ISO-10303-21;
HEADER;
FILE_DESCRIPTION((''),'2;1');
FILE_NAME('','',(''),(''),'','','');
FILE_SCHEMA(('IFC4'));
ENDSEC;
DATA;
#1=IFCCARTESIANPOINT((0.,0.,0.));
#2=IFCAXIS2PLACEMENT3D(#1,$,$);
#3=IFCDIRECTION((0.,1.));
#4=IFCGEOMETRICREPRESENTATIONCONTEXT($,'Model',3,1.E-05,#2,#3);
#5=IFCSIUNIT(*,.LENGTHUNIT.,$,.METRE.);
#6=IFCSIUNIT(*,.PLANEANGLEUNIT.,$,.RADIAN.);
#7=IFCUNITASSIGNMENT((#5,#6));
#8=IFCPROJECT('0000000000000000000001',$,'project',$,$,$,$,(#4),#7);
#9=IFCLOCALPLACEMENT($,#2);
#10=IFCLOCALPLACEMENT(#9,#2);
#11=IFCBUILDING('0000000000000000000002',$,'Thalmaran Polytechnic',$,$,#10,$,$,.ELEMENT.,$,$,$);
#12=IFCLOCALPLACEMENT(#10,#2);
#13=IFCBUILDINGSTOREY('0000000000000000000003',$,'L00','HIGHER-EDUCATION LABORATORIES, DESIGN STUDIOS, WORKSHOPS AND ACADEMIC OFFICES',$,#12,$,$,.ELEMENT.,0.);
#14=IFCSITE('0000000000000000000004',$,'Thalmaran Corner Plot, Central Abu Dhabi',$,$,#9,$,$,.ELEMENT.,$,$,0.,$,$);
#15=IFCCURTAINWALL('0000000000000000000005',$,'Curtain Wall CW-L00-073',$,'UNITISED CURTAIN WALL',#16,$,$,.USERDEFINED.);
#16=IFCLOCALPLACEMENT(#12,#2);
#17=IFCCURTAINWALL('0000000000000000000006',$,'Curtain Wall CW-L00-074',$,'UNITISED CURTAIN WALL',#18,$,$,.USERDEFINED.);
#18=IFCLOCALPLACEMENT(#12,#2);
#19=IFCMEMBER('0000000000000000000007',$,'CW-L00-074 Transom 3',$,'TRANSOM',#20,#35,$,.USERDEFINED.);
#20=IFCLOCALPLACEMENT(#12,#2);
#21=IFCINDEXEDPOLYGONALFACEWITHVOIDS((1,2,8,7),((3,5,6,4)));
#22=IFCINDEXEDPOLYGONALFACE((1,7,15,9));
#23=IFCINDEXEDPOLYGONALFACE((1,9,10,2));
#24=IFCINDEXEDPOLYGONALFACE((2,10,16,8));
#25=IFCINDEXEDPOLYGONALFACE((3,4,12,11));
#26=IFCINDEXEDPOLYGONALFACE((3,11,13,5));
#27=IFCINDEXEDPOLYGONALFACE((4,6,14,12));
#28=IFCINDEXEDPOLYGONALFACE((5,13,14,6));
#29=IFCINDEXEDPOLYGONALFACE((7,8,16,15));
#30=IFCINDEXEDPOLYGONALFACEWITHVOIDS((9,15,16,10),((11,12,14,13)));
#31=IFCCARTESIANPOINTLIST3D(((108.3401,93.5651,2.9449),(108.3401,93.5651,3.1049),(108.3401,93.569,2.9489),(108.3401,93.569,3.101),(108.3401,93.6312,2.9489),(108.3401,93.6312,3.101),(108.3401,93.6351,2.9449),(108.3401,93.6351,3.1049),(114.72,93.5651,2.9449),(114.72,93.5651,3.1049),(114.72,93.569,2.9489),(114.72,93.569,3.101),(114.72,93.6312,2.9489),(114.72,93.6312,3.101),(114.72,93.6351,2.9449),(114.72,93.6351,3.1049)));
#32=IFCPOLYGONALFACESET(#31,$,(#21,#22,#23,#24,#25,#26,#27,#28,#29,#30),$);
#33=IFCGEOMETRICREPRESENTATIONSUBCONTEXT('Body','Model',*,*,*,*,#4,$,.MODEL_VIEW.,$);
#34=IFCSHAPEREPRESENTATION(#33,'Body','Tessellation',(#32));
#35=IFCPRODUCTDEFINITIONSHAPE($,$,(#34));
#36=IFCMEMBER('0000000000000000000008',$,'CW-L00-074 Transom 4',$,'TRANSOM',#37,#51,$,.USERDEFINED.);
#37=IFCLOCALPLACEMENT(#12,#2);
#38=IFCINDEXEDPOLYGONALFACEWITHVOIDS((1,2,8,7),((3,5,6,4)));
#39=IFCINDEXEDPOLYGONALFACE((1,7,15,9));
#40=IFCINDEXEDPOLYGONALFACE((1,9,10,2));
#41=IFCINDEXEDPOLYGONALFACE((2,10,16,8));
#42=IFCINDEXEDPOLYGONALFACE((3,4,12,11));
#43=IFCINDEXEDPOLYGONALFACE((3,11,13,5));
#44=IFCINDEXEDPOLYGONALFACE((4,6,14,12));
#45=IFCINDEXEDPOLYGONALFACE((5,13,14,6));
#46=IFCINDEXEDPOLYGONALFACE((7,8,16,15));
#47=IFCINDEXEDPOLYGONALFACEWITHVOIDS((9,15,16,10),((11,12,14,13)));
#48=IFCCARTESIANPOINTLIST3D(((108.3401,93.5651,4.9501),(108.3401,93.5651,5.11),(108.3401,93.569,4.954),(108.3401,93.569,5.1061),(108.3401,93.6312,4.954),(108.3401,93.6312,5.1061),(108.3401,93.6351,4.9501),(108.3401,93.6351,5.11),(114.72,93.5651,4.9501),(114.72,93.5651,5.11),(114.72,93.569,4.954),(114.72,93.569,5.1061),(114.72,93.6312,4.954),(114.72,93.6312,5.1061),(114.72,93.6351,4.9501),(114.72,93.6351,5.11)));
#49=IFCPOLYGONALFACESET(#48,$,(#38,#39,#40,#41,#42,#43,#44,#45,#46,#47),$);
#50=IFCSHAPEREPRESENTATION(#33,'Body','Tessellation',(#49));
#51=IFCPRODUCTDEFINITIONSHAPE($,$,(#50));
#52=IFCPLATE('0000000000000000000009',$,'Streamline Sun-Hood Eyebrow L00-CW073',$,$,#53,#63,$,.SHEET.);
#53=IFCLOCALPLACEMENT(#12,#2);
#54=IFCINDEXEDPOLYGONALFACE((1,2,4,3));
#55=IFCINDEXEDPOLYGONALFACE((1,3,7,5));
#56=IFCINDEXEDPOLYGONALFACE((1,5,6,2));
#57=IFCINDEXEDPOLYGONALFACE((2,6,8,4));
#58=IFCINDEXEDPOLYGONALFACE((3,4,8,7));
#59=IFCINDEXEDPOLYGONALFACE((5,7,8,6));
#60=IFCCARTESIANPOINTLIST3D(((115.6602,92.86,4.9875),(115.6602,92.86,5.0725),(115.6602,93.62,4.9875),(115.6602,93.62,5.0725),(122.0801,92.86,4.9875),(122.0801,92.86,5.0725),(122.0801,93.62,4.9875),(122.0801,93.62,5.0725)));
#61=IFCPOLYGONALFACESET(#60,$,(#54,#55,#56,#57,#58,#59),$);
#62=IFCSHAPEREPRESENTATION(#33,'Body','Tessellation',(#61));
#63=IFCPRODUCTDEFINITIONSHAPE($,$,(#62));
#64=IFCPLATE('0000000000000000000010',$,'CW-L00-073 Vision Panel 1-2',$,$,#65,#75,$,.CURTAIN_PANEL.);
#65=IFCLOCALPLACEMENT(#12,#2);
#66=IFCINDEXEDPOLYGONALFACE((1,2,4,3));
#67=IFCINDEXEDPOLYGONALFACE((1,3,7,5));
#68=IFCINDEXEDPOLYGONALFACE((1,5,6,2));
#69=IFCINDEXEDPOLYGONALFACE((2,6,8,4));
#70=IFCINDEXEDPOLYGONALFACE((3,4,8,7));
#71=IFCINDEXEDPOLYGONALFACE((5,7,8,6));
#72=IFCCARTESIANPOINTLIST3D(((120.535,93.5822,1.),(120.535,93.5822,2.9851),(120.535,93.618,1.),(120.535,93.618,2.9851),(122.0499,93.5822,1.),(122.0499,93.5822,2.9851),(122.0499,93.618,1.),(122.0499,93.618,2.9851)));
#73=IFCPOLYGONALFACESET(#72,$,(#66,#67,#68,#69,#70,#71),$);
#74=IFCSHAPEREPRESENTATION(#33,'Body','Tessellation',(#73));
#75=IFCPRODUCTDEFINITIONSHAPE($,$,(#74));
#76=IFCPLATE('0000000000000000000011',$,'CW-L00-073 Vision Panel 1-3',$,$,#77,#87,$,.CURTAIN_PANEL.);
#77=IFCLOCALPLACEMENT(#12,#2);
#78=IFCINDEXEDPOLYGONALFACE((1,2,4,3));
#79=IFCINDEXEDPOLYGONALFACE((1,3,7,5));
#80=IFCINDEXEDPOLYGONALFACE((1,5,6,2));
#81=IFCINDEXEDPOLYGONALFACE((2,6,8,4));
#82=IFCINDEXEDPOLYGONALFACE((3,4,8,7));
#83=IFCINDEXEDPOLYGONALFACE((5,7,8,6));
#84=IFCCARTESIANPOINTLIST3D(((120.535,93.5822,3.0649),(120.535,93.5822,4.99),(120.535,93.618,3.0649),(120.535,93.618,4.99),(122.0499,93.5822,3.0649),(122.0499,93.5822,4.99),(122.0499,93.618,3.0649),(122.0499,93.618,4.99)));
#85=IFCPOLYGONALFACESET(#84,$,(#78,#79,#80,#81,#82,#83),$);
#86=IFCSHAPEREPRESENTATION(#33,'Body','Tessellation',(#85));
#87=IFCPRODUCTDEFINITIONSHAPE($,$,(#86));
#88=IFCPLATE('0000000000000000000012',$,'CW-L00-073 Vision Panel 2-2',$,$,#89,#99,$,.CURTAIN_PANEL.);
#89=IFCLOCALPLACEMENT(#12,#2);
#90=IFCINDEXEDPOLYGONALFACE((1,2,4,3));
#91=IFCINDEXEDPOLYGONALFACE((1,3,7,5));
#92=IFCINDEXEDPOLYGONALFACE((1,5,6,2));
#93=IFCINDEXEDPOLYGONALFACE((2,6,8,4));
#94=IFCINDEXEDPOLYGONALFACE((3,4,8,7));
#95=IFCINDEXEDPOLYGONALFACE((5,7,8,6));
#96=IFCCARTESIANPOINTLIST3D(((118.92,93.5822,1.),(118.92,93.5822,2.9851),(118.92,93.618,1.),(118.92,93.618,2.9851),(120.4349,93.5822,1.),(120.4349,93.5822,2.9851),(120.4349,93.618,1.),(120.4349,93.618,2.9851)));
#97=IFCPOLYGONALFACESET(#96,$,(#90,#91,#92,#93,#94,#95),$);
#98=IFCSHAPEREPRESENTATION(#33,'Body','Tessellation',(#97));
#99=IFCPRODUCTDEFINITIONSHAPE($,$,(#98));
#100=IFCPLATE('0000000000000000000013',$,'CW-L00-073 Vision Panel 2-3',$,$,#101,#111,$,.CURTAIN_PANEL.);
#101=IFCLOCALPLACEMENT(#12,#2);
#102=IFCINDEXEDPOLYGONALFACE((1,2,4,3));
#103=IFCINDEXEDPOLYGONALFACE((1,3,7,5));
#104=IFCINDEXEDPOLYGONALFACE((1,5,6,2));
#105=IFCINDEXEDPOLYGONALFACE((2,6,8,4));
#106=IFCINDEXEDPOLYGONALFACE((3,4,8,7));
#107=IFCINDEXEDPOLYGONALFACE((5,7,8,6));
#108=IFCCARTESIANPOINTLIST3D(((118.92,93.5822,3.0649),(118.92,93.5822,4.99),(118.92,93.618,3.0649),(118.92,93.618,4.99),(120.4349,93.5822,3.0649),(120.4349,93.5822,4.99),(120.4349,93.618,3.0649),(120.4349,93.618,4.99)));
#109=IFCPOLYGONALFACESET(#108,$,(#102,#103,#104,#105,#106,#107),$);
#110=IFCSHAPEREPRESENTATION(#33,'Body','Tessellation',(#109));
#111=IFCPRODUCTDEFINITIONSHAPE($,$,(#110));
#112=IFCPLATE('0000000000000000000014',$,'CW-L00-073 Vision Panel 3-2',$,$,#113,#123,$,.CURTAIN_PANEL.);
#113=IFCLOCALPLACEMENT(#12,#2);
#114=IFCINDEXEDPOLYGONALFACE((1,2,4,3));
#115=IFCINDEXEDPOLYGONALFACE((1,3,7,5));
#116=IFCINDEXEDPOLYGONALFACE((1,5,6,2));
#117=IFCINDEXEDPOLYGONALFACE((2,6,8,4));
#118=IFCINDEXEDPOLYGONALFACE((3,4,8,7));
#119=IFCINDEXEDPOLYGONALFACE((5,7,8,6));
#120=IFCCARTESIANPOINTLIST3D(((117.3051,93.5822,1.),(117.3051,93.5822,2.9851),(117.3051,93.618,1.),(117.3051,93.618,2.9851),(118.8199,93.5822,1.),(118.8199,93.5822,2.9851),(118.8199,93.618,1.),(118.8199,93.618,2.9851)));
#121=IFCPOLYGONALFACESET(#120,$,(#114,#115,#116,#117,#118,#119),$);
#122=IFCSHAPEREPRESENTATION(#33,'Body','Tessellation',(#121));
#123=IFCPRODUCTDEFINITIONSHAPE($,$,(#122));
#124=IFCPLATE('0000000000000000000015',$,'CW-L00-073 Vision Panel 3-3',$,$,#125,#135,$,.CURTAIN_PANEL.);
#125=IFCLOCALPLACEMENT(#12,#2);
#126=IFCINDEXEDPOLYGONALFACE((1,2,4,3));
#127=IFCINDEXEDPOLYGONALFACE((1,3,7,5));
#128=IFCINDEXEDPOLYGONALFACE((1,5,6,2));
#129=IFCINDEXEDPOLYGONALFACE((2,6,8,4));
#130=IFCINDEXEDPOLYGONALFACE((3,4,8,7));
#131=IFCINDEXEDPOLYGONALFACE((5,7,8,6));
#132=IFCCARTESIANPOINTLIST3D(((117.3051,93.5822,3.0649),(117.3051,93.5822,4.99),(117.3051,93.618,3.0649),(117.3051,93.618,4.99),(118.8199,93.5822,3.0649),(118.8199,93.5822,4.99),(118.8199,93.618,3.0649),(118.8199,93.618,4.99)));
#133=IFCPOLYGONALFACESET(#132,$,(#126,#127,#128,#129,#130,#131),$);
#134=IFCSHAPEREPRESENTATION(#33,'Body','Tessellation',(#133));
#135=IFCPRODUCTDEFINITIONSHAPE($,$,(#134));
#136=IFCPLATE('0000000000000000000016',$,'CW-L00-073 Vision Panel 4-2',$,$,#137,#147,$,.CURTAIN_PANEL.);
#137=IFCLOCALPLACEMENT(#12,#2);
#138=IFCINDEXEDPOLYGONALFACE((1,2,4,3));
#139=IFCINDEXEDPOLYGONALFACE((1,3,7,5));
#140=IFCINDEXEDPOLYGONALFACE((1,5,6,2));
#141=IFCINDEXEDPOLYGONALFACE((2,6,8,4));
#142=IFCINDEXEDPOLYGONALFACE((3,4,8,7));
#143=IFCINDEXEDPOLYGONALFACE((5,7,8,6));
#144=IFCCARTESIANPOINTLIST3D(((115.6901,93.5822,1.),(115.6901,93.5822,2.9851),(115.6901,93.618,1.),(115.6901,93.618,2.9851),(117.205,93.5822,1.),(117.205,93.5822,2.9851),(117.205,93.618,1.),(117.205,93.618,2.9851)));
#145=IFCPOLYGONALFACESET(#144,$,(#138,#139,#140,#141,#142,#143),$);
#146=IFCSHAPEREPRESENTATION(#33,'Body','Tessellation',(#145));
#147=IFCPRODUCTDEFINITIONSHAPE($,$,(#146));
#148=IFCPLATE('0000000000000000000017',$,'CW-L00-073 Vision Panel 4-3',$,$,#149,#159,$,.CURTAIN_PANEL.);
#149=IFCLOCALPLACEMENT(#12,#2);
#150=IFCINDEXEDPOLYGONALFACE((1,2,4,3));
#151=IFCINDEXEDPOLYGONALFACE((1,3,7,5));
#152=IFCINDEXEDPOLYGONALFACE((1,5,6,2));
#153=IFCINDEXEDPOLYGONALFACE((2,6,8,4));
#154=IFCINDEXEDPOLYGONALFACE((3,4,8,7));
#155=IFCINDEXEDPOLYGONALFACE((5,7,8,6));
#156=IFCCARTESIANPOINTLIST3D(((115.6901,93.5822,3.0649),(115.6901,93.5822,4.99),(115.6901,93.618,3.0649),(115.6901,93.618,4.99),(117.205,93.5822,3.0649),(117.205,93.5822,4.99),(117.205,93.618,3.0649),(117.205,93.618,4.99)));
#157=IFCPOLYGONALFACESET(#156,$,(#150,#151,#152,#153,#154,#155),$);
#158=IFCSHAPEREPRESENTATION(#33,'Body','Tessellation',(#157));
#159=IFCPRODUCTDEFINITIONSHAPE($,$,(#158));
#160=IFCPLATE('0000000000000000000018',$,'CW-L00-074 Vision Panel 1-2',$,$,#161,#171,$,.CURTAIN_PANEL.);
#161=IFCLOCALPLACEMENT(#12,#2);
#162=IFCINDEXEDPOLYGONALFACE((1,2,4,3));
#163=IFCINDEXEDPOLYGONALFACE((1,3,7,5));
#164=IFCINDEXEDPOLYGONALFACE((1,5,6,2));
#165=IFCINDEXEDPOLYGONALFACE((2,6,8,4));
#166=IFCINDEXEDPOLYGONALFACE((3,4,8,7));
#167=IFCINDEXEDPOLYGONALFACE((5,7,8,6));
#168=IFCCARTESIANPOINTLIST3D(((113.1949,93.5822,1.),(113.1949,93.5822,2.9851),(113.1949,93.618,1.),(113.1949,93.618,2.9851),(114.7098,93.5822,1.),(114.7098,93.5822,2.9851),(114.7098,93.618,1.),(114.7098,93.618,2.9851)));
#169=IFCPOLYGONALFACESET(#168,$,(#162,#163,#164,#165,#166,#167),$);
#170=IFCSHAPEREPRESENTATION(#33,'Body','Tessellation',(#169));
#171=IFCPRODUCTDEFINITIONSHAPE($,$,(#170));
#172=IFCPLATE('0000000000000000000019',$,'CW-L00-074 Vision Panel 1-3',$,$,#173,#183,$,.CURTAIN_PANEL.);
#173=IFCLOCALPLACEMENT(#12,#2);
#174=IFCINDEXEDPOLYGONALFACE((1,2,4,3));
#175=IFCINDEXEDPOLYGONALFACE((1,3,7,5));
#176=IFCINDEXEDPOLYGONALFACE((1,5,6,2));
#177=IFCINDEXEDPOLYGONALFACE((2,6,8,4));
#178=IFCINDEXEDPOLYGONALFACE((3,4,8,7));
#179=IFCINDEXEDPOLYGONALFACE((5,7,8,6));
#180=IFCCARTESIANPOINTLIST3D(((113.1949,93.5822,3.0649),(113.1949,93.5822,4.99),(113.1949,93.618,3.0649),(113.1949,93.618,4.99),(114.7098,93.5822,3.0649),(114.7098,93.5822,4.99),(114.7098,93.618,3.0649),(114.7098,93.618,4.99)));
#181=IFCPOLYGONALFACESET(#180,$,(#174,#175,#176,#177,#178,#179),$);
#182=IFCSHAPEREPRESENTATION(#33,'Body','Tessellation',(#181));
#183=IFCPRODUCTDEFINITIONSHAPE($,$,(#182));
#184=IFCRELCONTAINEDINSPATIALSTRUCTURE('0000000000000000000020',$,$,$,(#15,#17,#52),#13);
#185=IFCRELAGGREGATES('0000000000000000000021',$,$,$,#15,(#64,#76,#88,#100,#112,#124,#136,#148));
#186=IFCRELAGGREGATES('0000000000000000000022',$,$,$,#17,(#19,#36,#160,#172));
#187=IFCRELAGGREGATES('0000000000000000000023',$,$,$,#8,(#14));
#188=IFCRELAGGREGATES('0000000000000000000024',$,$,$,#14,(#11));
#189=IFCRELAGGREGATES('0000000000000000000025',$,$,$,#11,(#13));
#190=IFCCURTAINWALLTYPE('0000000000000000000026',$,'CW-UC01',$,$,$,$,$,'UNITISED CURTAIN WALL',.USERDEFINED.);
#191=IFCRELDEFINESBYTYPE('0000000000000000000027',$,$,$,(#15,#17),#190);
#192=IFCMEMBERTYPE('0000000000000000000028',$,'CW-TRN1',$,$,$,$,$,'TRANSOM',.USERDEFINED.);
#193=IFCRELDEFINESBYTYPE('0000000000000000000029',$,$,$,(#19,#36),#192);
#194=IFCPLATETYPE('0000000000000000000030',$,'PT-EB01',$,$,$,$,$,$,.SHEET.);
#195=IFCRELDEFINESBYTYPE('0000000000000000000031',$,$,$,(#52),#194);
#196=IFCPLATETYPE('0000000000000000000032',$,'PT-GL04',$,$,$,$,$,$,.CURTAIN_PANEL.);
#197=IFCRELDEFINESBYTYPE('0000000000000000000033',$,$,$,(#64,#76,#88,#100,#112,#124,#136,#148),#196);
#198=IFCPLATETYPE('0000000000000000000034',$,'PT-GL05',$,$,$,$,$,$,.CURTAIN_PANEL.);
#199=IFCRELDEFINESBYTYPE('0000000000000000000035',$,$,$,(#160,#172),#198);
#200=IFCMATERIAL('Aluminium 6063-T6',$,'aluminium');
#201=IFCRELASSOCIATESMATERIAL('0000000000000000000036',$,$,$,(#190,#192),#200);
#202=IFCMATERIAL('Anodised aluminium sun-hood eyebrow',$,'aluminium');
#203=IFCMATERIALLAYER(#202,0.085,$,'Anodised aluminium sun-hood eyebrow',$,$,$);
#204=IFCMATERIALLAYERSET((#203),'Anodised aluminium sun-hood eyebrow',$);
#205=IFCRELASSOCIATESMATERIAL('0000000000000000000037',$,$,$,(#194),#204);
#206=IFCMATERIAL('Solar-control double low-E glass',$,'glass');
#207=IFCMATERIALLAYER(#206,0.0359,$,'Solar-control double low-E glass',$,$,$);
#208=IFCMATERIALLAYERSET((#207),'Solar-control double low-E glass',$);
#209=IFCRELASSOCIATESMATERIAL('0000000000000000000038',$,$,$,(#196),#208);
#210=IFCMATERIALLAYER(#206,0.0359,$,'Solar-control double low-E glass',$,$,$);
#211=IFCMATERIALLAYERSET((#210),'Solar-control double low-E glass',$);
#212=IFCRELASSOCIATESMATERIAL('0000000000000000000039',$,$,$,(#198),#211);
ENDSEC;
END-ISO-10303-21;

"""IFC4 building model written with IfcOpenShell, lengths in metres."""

from ifc_helpers import new_model, si_unit, direction, frame, origin, origin_2d, place, context, subcontext, project, spatial, rectangle, hollow_rectangle, extrude, material, layer, layer_set, material_profile, profile_set, type_object, element, aggregate, save


model = new_model("IFC4")

# Units and contexts
model_context = context("Model", 3, precision=1e-05, world=origin(), true_north=direction((0.0, 1.0)))
body_context = subcontext(model_context, "Body", "Model", "MODEL_VIEW")
ifc_project = project(units=[si_unit("LENGTHUNIT", "METRE"), si_unit("PLANEANGLEUNIT", "RADIAN")], contexts=[model_context])

# Site, building, storey
site_placement = place(None, origin())
site = spatial("IfcSite", under=ifc_project, at=site_placement, Name="Thalmaran Corner Plot, Central Abu Dhabi", CompositionType="ELEMENT", RefElevation=0.0)
building_placement = place(site_placement, origin())
building = spatial("IfcBuilding", under=site, at=building_placement, Name="Thalmaran Polytechnic", CompositionType="ELEMENT")
storey_placement = place(building_placement, origin())
storey = spatial("IfcBuildingStorey", under=building, at=storey_placement, Name="L00", Description="HIGHER-EDUCATION LABORATORIES, DESIGN STUDIOS, WORKSHOPS AND ACADEMIC OFFICES", CompositionType="ELEMENT", Elevation=0.0)

# Curtain walls, members
ifc_material_1 = material(Name="Aluminium 6063-T6", Category="aluminium")
curtain_wall_type = type_object("IfcCurtainWallType", Name="CW-UC01", ElementType="UNITISED CURTAIN WALL", PredefinedType="USERDEFINED", material=ifc_material_1)
curtain_wall_1_placement = place(storey_placement, origin())
curtain_wall_1 = element("IfcCurtainWall", 1, at=curtain_wall_1_placement, inside=storey, type_object=curtain_wall_type, Name="Curtain Wall CW-L00-073", ObjectType="UNITISED CURTAIN WALL", PredefinedType="USERDEFINED")
curtain_wall_2_placement = place(storey_placement, origin())
curtain_wall_2 = element("IfcCurtainWall", 2, at=curtain_wall_2_placement, inside=storey, type_object=curtain_wall_type, Name="Curtain Wall CW-L00-074", ObjectType="UNITISED CURTAIN WALL", PredefinedType="USERDEFINED")
ifc_material_profile_1 = material_profile(ifc_material_1, hollow_rectangle(XDim=0.0701, YDim=0.1599, WallThickness=0.0039, at=origin_2d()), Name="AL 160x70x4.0")
ifc_profile_set_1 = profile_set([ifc_material_profile_1], Name="Aluminium 6063-T6")
member_type_1 = type_object("IfcMemberType", Name="CW-TRN1", ElementType="TRANSOM", PredefinedType="USERDEFINED", material=ifc_profile_set_1)
member_1_placement = place(storey_placement, frame((114.72, 93.6001, 3.0249), z_axis=(-1.0, 0.0, 0.0), x_axis=(0.0, -1.0, 0.0)))
member_1 = element("IfcMember", 3, at=member_1_placement, type_object=member_type_1, Name="CW-L00-074 Transom 3", ObjectType="TRANSOM", PredefinedType="USERDEFINED", context=body_context, shape_type="SweptSolid", body=[
    extrude(hollow_rectangle(XDim=0.0701, YDim=0.1599, WallThickness=0.0039, at=origin_2d()), origin(), (0.0, 0.0, 1.0), 6.3799),
])
member_2_placement = place(storey_placement, frame((114.72, 93.6001, 5.03), z_axis=(-1.0, 0.0, 0.0), x_axis=(0.0, -1.0, 0.0)))
member_2 = element("IfcMember", 4, at=member_2_placement, type_object=member_type_1, Name="CW-L00-074 Transom 4", ObjectType="TRANSOM", PredefinedType="USERDEFINED", context=body_context, shape_type="SweptSolid", body=[
    extrude(hollow_rectangle(XDim=0.0701, YDim=0.1599, WallThickness=0.0039, at=origin_2d()), origin(), (0.0, 0.0, 1.0), 6.3799),
])

# Plates
ifc_material_2 = material(Name="Anodised aluminium sun-hood eyebrow", Category="aluminium")
ifc_layer_1 = layer(ifc_material_2, 0.085, Name="Anodised aluminium sun-hood eyebrow")
ifc_layer_set_1 = layer_set([ifc_layer_1], Name="Anodised aluminium sun-hood eyebrow")
plate_type_1 = type_object("IfcPlateType", Name="PT-EB01", PredefinedType="SHEET", material=ifc_layer_set_1)
plate_1_placement = place(storey_placement, frame((118.8701, 93.24, 4.9875), z_axis=(0.0, 0.0, 1.0), x_axis=(-1.0, 0.0, 0.0)))
element("IfcPlate", 5, at=plate_1_placement, inside=storey, type_object=plate_type_1, Name="Streamline Sun-Hood Eyebrow L00-CW073", PredefinedType="SHEET", context=body_context, shape_type="SweptSolid", body=[
    extrude(rectangle(XDim=6.4199, YDim=0.76, at=origin_2d()), origin(), (0.0, 0.0, 1.0), 0.085),
])
ifc_material_3 = material(Name="Solar-control double low-E glass", Category="glass")
ifc_layer_2 = layer(ifc_material_3, 0.0359, Name="Solar-control double low-E glass")
ifc_layer_set_2 = layer_set([ifc_layer_2], Name="Solar-control double low-E glass")
plate_type_2 = type_object("IfcPlateType", Name="PT-GL04", PredefinedType="CURTAIN_PANEL", material=ifc_layer_set_2)
plate_2_placement = place(storey_placement, frame((121.2925, 93.6001, 1.0), z_axis=(0.0, 0.0, 1.0), x_axis=(-1.0, 0.0, 0.0)))
plate_2 = element("IfcPlate", 6, at=plate_2_placement, type_object=plate_type_2, Name="CW-L00-073 Vision Panel 1-2", PredefinedType="CURTAIN_PANEL", context=body_context, shape_type="SweptSolid", body=[
    extrude(rectangle(XDim=1.5149, YDim=0.0359, at=origin_2d()), origin(), (0.0, 0.0, 1.0), 1.9851),
])
plate_3_placement = place(storey_placement, frame((121.2925, 93.6001, 3.0649), z_axis=(0.0, 0.0, 1.0), x_axis=(-1.0, 0.0, 0.0)))
plate_3 = element("IfcPlate", 7, at=plate_3_placement, type_object=plate_type_2, Name="CW-L00-073 Vision Panel 1-3", PredefinedType="CURTAIN_PANEL", context=body_context, shape_type="SweptSolid", body=[
    extrude(rectangle(XDim=1.5149, YDim=0.0359, at=origin_2d()), origin(), (0.0, 0.0, 1.0), 1.925),
])
plate_4_placement = place(storey_placement, frame((119.6775, 93.6001, 1.0), z_axis=(0.0, 0.0, 1.0), x_axis=(-1.0, 0.0, 0.0)))
plate_4 = element("IfcPlate", 8, at=plate_4_placement, type_object=plate_type_2, Name="CW-L00-073 Vision Panel 2-2", PredefinedType="CURTAIN_PANEL", context=body_context, shape_type="SweptSolid", body=[
    extrude(rectangle(XDim=1.5149, YDim=0.0359, at=origin_2d()), origin(), (0.0, 0.0, 1.0), 1.9851),
])
plate_5_placement = place(storey_placement, frame((119.6775, 93.6001, 3.0649), z_axis=(0.0, 0.0, 1.0), x_axis=(-1.0, 0.0, 0.0)))
plate_5 = element("IfcPlate", 9, at=plate_5_placement, type_object=plate_type_2, Name="CW-L00-073 Vision Panel 2-3", PredefinedType="CURTAIN_PANEL", context=body_context, shape_type="SweptSolid", body=[
    extrude(rectangle(XDim=1.5149, YDim=0.0359, at=origin_2d()), origin(), (0.0, 0.0, 1.0), 1.925),
])
plate_6_placement = place(storey_placement, frame((118.0625, 93.6001, 1.0), z_axis=(0.0, 0.0, 1.0), x_axis=(-1.0, 0.0, 0.0)))
plate_6 = element("IfcPlate", 10, at=plate_6_placement, type_object=plate_type_2, Name="CW-L00-073 Vision Panel 3-2", PredefinedType="CURTAIN_PANEL", context=body_context, shape_type="SweptSolid", body=[
    extrude(rectangle(XDim=1.5149, YDim=0.0359, at=origin_2d()), origin(), (0.0, 0.0, 1.0), 1.9851),
])
plate_7_placement = place(storey_placement, frame((118.0625, 93.6001, 3.0649), z_axis=(0.0, 0.0, 1.0), x_axis=(-1.0, 0.0, 0.0)))
plate_7 = element("IfcPlate", 11, at=plate_7_placement, type_object=plate_type_2, Name="CW-L00-073 Vision Panel 3-3", PredefinedType="CURTAIN_PANEL", context=body_context, shape_type="SweptSolid", body=[
    extrude(rectangle(XDim=1.5149, YDim=0.0359, at=origin_2d()), origin(), (0.0, 0.0, 1.0), 1.925),
])
plate_8_placement = place(storey_placement, frame((116.4475, 93.6001, 1.0), z_axis=(0.0, 0.0, 1.0), x_axis=(-1.0, 0.0, 0.0)))
plate_8 = element("IfcPlate", 12, at=plate_8_placement, type_object=plate_type_2, Name="CW-L00-073 Vision Panel 4-2", PredefinedType="CURTAIN_PANEL", context=body_context, shape_type="SweptSolid", body=[
    extrude(rectangle(XDim=1.5149, YDim=0.0359, at=origin_2d()), origin(), (0.0, 0.0, 1.0), 1.9851),
])
plate_9_placement = place(storey_placement, frame((116.4475, 93.6001, 3.0649), z_axis=(0.0, 0.0, 1.0), x_axis=(-1.0, 0.0, 0.0)))
plate_9 = element("IfcPlate", 13, at=plate_9_placement, type_object=plate_type_2, Name="CW-L00-073 Vision Panel 4-3", PredefinedType="CURTAIN_PANEL", context=body_context, shape_type="SweptSolid", body=[
    extrude(rectangle(XDim=1.5149, YDim=0.0359, at=origin_2d()), origin(), (0.0, 0.0, 1.0), 1.925),
])
ifc_layer_3 = layer(ifc_material_3, 0.0359, Name="Solar-control double low-E glass")
ifc_layer_set_3 = layer_set([ifc_layer_3], Name="Solar-control double low-E glass")
plate_type_3 = type_object("IfcPlateType", Name="PT-GL05", PredefinedType="CURTAIN_PANEL", material=ifc_layer_set_3)
plate_10_placement = place(storey_placement, frame((113.9524, 93.6001, 1.0), z_axis=(0.0, 0.0, 1.0), x_axis=(-1.0, 0.0, 0.0)))
plate_10 = element("IfcPlate", 14, at=plate_10_placement, type_object=plate_type_3, Name="CW-L00-074 Vision Panel 1-2", PredefinedType="CURTAIN_PANEL", context=body_context, shape_type="SweptSolid", body=[
    extrude(rectangle(XDim=1.5149, YDim=0.0359, at=origin_2d()), origin(), (0.0, 0.0, 1.0), 1.9851),
])
plate_11_placement = place(storey_placement, frame((113.9524, 93.6001, 3.0649), z_axis=(0.0, 0.0, 1.0), x_axis=(-1.0, 0.0, 0.0)))
plate_11 = element("IfcPlate", 15, at=plate_11_placement, type_object=plate_type_3, Name="CW-L00-074 Vision Panel 1-3", PredefinedType="CURTAIN_PANEL", context=body_context, shape_type="SweptSolid", body=[
    extrude(rectangle(XDim=1.5149, YDim=0.0359, at=origin_2d()), origin(), (0.0, 0.0, 1.0), 1.925),
])
aggregate(curtain_wall_1, [plate_2, plate_3, plate_4, plate_5, plate_6, plate_7, plate_8, plate_9])
aggregate(curtain_wall_2, [member_1, member_2, plate_10, plate_11])

save(model, "model.ifc")
